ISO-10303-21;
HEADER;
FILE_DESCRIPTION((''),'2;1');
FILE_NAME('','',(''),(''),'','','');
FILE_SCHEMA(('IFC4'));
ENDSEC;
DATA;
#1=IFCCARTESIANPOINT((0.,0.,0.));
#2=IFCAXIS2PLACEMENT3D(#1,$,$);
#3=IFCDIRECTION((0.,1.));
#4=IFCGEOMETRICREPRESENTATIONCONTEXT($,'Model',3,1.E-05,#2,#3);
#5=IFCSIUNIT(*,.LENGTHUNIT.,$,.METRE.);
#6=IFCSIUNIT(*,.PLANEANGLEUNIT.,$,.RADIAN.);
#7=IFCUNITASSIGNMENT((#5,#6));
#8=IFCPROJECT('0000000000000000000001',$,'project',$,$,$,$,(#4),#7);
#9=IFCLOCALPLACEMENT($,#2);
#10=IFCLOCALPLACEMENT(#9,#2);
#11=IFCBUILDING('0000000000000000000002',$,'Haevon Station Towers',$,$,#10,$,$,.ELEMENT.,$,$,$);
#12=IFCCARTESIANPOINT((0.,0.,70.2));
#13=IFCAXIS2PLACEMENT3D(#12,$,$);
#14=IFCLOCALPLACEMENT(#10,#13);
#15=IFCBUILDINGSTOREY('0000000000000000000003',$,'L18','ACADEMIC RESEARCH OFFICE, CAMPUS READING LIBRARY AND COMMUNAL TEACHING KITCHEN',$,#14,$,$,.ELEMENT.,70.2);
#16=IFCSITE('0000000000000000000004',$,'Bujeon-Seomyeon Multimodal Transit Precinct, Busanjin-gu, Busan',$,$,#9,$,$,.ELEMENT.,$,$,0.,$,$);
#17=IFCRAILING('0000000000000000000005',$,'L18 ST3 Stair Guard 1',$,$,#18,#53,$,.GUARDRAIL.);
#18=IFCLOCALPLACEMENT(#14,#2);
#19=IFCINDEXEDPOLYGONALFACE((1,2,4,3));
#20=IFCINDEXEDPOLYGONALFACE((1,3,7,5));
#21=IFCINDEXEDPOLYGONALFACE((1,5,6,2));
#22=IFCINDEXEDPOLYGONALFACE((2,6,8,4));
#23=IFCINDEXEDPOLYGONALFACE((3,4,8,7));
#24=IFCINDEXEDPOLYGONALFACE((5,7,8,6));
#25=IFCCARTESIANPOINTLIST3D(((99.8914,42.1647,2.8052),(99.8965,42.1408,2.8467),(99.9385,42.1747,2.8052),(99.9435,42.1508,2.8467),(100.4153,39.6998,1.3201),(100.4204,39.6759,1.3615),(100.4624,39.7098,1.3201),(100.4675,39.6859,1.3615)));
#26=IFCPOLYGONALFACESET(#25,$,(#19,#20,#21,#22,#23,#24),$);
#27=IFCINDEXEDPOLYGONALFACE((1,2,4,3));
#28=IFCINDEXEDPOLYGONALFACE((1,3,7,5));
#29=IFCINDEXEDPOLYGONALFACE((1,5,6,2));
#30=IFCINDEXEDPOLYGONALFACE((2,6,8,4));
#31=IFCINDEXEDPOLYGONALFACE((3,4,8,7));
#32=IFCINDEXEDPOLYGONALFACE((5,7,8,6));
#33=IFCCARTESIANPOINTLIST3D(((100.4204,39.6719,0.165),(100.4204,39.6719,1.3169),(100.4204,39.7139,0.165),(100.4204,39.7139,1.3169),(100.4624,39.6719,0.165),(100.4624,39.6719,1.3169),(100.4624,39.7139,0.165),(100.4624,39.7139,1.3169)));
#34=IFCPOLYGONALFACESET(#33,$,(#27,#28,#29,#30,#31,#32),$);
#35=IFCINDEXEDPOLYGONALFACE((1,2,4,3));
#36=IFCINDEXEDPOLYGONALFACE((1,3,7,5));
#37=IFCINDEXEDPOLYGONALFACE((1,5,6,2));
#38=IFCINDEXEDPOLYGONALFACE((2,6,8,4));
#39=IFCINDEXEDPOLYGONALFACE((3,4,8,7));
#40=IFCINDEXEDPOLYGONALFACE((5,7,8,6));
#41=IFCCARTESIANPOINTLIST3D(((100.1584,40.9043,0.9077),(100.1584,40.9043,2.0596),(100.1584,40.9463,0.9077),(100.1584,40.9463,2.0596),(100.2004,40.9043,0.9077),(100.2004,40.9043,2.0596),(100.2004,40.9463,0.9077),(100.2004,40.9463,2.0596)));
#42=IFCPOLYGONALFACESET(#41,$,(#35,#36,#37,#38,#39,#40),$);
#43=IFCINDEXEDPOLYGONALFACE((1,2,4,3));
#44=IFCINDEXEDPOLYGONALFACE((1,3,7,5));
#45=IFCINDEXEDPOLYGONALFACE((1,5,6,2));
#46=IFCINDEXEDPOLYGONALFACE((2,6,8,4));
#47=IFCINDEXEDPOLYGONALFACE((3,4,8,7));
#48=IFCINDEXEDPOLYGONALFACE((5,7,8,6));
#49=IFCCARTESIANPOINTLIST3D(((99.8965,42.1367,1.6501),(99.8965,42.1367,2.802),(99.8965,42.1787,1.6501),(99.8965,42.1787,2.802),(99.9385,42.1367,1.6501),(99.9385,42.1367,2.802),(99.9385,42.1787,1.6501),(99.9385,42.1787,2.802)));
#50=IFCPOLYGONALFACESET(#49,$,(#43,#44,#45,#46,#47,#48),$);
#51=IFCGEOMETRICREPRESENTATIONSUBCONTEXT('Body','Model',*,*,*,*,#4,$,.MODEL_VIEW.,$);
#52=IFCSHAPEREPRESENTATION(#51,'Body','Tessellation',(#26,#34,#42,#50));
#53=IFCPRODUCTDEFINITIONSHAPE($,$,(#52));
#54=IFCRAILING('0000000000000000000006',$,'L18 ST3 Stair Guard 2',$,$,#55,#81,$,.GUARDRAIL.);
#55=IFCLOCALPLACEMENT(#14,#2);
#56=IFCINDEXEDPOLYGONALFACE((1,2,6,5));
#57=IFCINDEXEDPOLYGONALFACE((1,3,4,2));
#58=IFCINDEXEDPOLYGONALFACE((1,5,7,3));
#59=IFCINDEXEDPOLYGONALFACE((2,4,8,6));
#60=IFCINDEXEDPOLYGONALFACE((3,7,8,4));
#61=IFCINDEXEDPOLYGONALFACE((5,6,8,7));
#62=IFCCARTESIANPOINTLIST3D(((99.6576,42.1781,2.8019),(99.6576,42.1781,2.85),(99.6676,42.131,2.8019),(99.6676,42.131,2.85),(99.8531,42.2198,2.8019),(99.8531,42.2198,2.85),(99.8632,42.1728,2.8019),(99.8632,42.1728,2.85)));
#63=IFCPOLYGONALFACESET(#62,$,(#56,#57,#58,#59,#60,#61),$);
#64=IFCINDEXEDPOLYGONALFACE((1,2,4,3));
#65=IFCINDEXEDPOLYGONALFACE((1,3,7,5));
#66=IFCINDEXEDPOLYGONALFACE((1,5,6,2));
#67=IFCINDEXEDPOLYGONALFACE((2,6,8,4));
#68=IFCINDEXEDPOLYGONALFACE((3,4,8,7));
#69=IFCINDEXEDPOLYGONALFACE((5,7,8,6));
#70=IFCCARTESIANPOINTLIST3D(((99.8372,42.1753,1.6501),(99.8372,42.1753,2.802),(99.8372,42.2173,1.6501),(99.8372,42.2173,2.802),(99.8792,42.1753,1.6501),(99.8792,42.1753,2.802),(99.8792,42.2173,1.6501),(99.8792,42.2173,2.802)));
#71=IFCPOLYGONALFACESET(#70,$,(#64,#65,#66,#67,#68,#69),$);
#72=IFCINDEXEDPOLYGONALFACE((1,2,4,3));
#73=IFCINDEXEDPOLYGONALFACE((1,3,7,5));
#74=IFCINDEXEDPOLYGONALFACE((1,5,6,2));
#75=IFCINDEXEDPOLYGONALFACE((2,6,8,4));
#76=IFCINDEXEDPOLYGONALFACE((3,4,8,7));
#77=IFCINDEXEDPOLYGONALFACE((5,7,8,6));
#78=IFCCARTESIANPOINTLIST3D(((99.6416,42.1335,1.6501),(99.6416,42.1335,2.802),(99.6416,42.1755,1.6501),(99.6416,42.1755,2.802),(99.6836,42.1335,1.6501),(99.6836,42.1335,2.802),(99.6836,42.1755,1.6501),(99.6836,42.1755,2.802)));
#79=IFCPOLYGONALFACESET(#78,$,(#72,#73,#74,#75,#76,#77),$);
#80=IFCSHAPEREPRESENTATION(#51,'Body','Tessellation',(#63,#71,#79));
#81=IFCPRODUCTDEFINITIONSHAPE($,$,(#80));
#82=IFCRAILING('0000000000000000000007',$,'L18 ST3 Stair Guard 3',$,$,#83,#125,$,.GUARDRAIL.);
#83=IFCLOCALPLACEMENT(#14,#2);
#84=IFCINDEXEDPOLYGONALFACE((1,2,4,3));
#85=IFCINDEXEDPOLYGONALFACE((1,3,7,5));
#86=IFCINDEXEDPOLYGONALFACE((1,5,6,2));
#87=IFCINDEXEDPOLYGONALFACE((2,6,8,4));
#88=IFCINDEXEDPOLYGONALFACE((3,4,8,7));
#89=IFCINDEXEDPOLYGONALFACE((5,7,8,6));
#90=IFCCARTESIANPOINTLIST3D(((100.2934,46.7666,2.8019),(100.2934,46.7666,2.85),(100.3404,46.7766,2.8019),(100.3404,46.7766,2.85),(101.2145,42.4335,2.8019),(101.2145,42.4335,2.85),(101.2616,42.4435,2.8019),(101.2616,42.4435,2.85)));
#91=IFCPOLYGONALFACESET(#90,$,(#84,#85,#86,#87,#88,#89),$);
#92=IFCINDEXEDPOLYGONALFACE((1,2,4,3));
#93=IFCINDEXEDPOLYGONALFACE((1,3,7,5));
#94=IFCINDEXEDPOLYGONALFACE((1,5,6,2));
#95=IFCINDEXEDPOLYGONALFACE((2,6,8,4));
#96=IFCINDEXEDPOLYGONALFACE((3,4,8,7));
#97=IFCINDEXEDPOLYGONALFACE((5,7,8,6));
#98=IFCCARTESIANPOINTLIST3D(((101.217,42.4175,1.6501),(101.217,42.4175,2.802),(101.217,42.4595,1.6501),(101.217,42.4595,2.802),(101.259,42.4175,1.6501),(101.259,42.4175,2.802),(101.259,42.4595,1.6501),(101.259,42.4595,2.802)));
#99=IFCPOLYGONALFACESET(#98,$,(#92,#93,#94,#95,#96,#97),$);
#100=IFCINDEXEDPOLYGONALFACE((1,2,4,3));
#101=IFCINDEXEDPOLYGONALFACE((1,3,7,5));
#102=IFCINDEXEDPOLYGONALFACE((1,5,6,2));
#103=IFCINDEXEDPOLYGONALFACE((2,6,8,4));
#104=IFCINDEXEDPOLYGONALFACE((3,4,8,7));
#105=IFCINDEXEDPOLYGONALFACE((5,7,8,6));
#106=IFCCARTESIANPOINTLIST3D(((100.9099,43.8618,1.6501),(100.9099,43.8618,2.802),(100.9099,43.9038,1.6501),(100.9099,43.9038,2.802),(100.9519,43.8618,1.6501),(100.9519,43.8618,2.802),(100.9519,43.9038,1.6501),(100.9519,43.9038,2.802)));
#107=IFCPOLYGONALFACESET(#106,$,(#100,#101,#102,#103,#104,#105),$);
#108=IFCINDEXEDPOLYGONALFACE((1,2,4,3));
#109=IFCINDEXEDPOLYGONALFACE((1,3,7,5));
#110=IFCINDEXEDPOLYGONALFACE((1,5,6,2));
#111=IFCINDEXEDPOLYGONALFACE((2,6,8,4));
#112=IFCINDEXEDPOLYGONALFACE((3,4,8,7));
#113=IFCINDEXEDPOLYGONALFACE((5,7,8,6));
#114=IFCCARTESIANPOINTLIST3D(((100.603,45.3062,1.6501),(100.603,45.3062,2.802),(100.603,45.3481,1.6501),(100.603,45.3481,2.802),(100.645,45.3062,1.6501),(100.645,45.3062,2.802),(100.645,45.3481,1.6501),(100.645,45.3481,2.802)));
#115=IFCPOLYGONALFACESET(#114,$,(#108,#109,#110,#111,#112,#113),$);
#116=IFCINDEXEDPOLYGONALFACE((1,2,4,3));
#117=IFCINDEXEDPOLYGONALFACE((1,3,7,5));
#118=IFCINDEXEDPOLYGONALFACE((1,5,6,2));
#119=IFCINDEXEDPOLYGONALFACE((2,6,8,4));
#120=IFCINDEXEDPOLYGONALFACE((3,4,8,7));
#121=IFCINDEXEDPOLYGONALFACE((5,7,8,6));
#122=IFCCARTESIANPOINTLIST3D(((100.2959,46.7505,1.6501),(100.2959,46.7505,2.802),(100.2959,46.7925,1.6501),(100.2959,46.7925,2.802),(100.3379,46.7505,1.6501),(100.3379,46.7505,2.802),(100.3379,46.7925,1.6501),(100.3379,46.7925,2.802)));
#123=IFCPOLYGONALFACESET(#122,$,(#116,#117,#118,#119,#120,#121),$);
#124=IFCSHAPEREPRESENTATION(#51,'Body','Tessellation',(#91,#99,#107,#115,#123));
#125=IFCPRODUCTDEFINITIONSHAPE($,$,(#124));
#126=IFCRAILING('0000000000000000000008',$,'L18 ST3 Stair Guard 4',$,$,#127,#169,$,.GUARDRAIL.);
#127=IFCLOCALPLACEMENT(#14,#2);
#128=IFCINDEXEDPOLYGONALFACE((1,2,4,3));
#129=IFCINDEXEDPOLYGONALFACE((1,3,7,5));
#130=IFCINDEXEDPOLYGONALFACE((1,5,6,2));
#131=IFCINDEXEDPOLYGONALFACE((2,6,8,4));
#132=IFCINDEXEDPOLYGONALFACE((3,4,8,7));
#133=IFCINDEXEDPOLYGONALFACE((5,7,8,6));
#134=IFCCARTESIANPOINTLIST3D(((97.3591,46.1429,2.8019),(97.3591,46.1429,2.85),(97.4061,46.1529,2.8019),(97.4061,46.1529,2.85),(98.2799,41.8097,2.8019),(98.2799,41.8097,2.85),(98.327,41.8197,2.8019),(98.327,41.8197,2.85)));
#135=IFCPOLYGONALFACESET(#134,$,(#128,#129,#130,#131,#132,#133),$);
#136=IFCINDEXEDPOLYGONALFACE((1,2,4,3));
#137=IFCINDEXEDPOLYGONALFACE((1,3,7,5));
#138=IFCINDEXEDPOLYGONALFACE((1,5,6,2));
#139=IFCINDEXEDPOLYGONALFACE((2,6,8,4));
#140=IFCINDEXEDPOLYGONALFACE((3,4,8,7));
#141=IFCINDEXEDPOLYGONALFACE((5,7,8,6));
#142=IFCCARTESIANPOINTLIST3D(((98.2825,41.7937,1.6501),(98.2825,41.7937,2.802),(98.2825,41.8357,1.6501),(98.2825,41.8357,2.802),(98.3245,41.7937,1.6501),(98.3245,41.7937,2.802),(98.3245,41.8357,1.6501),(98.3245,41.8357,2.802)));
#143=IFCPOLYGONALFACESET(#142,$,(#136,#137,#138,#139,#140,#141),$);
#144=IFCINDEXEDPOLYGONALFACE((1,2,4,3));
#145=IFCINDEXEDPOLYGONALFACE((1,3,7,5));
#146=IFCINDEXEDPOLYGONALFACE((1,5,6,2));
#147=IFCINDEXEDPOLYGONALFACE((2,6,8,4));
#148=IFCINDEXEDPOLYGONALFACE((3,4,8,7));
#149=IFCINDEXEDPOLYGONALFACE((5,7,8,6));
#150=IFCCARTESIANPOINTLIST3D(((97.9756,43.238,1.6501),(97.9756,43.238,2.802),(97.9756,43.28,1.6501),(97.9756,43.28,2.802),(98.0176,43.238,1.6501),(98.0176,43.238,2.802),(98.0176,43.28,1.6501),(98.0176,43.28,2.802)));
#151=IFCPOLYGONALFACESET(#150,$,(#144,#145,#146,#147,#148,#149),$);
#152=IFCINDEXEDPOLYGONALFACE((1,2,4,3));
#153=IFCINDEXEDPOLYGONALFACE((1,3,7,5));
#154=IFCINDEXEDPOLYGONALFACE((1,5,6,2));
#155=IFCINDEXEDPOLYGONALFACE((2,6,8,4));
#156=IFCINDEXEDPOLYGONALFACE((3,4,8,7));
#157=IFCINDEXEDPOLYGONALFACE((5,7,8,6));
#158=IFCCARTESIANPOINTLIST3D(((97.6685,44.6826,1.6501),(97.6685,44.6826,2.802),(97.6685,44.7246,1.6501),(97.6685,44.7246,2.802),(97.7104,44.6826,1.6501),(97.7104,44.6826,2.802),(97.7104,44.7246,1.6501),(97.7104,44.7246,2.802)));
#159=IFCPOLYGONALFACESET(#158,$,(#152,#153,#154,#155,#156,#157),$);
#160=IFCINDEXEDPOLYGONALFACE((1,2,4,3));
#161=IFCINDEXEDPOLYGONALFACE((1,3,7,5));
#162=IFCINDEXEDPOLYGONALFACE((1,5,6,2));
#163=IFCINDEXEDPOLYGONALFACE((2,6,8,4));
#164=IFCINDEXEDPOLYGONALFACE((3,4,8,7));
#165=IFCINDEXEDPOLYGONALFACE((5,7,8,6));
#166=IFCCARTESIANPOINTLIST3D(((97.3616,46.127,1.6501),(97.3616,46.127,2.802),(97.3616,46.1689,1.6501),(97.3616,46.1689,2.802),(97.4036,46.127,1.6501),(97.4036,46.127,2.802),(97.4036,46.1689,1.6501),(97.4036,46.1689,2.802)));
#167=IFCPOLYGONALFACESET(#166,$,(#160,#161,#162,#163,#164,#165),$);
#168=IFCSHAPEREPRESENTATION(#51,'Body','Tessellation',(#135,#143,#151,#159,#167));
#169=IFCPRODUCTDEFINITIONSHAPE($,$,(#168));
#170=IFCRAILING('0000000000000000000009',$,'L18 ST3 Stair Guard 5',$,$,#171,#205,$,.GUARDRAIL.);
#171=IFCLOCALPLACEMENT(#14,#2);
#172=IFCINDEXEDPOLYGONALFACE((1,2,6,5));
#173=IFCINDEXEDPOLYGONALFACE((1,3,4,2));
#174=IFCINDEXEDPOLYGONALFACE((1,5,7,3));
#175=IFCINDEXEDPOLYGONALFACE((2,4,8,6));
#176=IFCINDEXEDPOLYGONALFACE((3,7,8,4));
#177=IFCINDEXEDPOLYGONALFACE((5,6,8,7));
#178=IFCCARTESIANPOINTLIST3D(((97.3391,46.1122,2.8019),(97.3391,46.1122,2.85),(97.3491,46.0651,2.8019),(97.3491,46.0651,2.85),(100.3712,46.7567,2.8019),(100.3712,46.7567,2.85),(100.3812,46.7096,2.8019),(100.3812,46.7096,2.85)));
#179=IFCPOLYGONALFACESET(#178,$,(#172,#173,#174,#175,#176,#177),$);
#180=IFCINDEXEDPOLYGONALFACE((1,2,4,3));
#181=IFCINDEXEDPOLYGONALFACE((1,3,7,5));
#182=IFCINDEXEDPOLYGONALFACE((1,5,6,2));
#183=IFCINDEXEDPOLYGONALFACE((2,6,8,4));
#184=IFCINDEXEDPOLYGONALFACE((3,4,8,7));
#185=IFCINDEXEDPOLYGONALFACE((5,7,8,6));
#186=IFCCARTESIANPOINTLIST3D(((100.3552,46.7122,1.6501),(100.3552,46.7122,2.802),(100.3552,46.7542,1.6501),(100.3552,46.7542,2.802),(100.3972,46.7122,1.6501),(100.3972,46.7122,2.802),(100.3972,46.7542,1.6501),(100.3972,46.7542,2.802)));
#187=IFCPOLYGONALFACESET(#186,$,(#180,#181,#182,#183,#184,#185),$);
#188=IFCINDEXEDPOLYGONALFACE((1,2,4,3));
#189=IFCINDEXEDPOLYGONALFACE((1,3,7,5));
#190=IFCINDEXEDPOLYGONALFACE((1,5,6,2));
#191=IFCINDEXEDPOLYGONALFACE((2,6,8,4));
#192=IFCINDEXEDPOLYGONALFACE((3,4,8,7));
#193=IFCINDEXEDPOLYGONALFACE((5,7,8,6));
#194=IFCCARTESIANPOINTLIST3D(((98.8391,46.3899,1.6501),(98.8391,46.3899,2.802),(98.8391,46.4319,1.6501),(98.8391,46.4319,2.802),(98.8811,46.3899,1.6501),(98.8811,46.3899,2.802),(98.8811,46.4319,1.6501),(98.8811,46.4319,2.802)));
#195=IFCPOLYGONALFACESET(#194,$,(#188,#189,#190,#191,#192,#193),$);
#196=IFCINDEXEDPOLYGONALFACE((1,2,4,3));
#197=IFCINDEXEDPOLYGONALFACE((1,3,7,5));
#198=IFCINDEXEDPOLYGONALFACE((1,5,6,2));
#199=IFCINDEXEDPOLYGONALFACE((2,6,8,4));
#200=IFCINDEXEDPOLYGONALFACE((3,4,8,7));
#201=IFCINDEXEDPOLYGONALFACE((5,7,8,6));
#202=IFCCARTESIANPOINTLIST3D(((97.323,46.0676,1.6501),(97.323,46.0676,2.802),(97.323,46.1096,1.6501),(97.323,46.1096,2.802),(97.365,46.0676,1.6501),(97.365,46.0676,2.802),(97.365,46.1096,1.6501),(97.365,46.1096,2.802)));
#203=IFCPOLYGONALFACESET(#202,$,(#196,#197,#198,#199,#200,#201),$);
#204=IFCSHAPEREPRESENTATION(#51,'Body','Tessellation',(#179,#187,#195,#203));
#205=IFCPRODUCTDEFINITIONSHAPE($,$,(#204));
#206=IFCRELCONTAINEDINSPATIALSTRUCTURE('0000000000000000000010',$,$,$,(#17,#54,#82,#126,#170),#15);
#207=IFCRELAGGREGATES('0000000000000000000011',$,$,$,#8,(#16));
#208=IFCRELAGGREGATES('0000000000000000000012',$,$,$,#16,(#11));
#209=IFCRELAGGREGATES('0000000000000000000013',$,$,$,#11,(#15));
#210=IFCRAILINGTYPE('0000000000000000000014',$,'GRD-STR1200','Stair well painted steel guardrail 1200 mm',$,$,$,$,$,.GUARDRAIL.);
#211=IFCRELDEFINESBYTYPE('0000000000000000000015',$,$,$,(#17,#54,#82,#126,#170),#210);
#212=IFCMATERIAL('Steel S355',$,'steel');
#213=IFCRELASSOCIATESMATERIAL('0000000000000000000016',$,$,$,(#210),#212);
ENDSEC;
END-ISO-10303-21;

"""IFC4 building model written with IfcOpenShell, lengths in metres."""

from ifc_helpers import new_model, si_unit, direction, frame, origin, origin_2d, place, context, subcontext, project, spatial, rectangle, extrude, material, type_object, element, save


model = new_model("IFC4")

# Units and contexts
model_context = context("Model", 3, precision=1e-05, world=origin(), true_north=direction((0.0, 1.0)))
body_context = subcontext(model_context, "Body", "Model", "MODEL_VIEW")
ifc_project = project(units=[si_unit("LENGTHUNIT", "METRE"), si_unit("PLANEANGLEUNIT", "RADIAN")], contexts=[model_context])

# Site, building, storey
site_placement = place(None, origin())
site = spatial("IfcSite", under=ifc_project, at=site_placement, Name="Bujeon-Seomyeon Multimodal Transit Precinct, Busanjin-gu, Busan", CompositionType="ELEMENT", RefElevation=0.0)
building_placement = place(site_placement, origin())
building = spatial("IfcBuilding", under=site, at=building_placement, Name="Haevon Station Towers", CompositionType="ELEMENT")
storey_placement = place(building_placement, frame((0.0, 0.0, 70.2)))
storey = spatial("IfcBuildingStorey", under=building, at=storey_placement, Name="L18", Description="ACADEMIC RESEARCH OFFICE, CAMPUS READING LIBRARY AND COMMUNAL TEACHING KITCHEN", CompositionType="ELEMENT", Elevation=70.2)

# Shared definitions
ifc_material_1 = material(Name="Steel S355", Category="steel")

# Railings
railing_type_1 = type_object("IfcRailingType", Name="GRD-STR1200", Description="Stair well painted steel guardrail 1200 mm", PredefinedType="GUARDRAIL", material=ifc_material_1)
railing_1_placement = place(storey_placement, frame((100.4414, 39.6929, 0.165)))
element("IfcRailing", 1, at=railing_1_placement, inside=storey, type_object=railing_type_1, Name="L18 ST3 Stair Guard 1", PredefinedType="GUARDRAIL", context=body_context, shape_type="SweptSolid", body=[
    extrude(rectangle(XDim=0.0481, YDim=0.0481, at=origin_2d()), frame((0.0, 0.0, 1.1758), z_axis=(-0.179121, 0.842688, 0.507733), x_axis=(-0.978147, -0.207914, 0.0)), (0.0, 0.0, 1.0), 2.925),
    extrude(rectangle(XDim=0.042, YDim=0.042, at=origin_2d()), origin(), (0.0, 0.0, 1.0), 1.1519),
    extrude(rectangle(XDim=0.042, YDim=0.042, at=origin_2d()), frame((-0.262, 1.2324, 0.7427)), (0.0, 0.0, 1.0), 1.1519),
    extrude(rectangle(XDim=0.042, YDim=0.042, at=origin_2d()), frame((-0.5239, 2.4648, 1.4851)), (0.0, 0.0, 1.0), 1.1519),
])
railing_2_placement = place(storey_placement, frame((99.8582, 42.1963, 1.6501)))
element("IfcRailing", 2, at=railing_2_placement, inside=storey, type_object=railing_type_1, Name="L18 ST3 Stair Guard 2", PredefinedType="GUARDRAIL", context=body_context, shape_type="SweptSolid", body=[
    extrude(rectangle(XDim=0.0481, YDim=0.0481, at=origin_2d()), frame((0.0, 0.0, 1.1758), z_axis=(-0.977963, -0.208779, 0.0), x_axis=(0.208779, -0.977963, 0.0)), (0.0, 0.0, 1.0), 0.2),
    extrude(rectangle(XDim=0.042, YDim=0.042, at=origin_2d()), origin(), (0.0, 0.0, 1.0), 1.1519),
    extrude(rectangle(XDim=0.042, YDim=0.042, at=origin_2d()), frame((-0.1956, -0.0417, 0.0)), (0.0, 0.0, 1.0), 1.1519),
])
railing_3_placement = place(storey_placement, frame((101.238, 42.4385, 1.6501)))
element("IfcRailing", 3, at=railing_3_placement, inside=storey, type_object=railing_type_1, Name="L18 ST3 Stair Guard 3", PredefinedType="GUARDRAIL", context=body_context, shape_type="SweptSolid", body=[
    extrude(rectangle(XDim=0.0481, YDim=0.0481, at=origin_2d()), frame((0.0, 0.0, 1.1758), z_axis=(-0.20794, 0.978141, 0.0), x_axis=(-0.978141, -0.20794, 0.0)), (0.0, 0.0, 1.0), 4.4299),
    extrude(rectangle(XDim=0.042, YDim=0.042, at=origin_2d()), origin(), (0.0, 0.0, 1.0), 1.1519),
    extrude(rectangle(XDim=0.042, YDim=0.042, at=origin_2d()), frame((-0.3071, 1.4443, 0.0)), (0.0, 0.0, 1.0), 1.1519),
    extrude(rectangle(XDim=0.042, YDim=0.042, at=origin_2d()), frame((-0.614, 2.8887, 0.0)), (0.0, 0.0, 1.0), 1.1519),
    extrude(rectangle(XDim=0.042, YDim=0.042, at=origin_2d()), frame((-0.9211, 4.333, 0.0)), (0.0, 0.0, 1.0), 1.1519),
])
railing_4_placement = place(storey_placement, frame((98.3035, 41.8147, 1.6501)))
element("IfcRailing", 4, at=railing_4_placement, inside=storey, type_object=railing_type_1, Name="L18 ST3 Stair Guard 4", PredefinedType="GUARDRAIL", context=body_context, shape_type="SweptSolid", body=[
    extrude(rectangle(XDim=0.0481, YDim=0.0481, at=origin_2d()), frame((0.0, 0.0, 1.1758), z_axis=(-0.207877, 0.978155, 0.0), x_axis=(-0.978155, -0.207877, 0.0)), (0.0, 0.0, 1.0), 4.4299),
    extrude(rectangle(XDim=0.042, YDim=0.042, at=origin_2d()), origin(), (0.0, 0.0, 1.0), 1.1519),
    extrude(rectangle(XDim=0.042, YDim=0.042, at=origin_2d()), frame((-0.3069, 1.4443, 0.0)), (0.0, 0.0, 1.0), 1.1519),
    extrude(rectangle(XDim=0.042, YDim=0.042, at=origin_2d()), frame((-0.614, 2.8889, 0.0)), (0.0, 0.0, 1.0), 1.1519),
    extrude(rectangle(XDim=0.042, YDim=0.042, at=origin_2d()), frame((-0.9209, 4.3333, 0.0)), (0.0, 0.0, 1.0), 1.1519),
])
railing_5_placement = place(storey_placement, frame((100.3762, 46.7332, 1.6501)))
element("IfcRailing", 5, at=railing_5_placement, inside=storey, type_object=railing_type_1, Name="L18 ST3 Stair Guard 5", PredefinedType="GUARDRAIL", context=body_context, shape_type="SweptSolid", body=[
    extrude(rectangle(XDim=0.0481, YDim=0.0481, at=origin_2d()), frame((0.0, 0.0, 1.1758), z_axis=(-0.978147, -0.207915, 0.0), x_axis=(0.207915, -0.978147, 0.0)), (0.0, 0.0, 1.0), 3.0999),
    extrude(rectangle(XDim=0.042, YDim=0.042, at=origin_2d()), origin(), (0.0, 0.0, 1.0), 1.1519),
    extrude(rectangle(XDim=0.042, YDim=0.042, at=origin_2d()), frame((-1.5161, -0.3223, 0.0)), (0.0, 0.0, 1.0), 1.1519),
    extrude(rectangle(XDim=0.042, YDim=0.042, at=origin_2d()), frame((-3.0322, -0.6445, 0.0)), (0.0, 0.0, 1.0), 1.1519),
])

save(model, "model.ifc")
